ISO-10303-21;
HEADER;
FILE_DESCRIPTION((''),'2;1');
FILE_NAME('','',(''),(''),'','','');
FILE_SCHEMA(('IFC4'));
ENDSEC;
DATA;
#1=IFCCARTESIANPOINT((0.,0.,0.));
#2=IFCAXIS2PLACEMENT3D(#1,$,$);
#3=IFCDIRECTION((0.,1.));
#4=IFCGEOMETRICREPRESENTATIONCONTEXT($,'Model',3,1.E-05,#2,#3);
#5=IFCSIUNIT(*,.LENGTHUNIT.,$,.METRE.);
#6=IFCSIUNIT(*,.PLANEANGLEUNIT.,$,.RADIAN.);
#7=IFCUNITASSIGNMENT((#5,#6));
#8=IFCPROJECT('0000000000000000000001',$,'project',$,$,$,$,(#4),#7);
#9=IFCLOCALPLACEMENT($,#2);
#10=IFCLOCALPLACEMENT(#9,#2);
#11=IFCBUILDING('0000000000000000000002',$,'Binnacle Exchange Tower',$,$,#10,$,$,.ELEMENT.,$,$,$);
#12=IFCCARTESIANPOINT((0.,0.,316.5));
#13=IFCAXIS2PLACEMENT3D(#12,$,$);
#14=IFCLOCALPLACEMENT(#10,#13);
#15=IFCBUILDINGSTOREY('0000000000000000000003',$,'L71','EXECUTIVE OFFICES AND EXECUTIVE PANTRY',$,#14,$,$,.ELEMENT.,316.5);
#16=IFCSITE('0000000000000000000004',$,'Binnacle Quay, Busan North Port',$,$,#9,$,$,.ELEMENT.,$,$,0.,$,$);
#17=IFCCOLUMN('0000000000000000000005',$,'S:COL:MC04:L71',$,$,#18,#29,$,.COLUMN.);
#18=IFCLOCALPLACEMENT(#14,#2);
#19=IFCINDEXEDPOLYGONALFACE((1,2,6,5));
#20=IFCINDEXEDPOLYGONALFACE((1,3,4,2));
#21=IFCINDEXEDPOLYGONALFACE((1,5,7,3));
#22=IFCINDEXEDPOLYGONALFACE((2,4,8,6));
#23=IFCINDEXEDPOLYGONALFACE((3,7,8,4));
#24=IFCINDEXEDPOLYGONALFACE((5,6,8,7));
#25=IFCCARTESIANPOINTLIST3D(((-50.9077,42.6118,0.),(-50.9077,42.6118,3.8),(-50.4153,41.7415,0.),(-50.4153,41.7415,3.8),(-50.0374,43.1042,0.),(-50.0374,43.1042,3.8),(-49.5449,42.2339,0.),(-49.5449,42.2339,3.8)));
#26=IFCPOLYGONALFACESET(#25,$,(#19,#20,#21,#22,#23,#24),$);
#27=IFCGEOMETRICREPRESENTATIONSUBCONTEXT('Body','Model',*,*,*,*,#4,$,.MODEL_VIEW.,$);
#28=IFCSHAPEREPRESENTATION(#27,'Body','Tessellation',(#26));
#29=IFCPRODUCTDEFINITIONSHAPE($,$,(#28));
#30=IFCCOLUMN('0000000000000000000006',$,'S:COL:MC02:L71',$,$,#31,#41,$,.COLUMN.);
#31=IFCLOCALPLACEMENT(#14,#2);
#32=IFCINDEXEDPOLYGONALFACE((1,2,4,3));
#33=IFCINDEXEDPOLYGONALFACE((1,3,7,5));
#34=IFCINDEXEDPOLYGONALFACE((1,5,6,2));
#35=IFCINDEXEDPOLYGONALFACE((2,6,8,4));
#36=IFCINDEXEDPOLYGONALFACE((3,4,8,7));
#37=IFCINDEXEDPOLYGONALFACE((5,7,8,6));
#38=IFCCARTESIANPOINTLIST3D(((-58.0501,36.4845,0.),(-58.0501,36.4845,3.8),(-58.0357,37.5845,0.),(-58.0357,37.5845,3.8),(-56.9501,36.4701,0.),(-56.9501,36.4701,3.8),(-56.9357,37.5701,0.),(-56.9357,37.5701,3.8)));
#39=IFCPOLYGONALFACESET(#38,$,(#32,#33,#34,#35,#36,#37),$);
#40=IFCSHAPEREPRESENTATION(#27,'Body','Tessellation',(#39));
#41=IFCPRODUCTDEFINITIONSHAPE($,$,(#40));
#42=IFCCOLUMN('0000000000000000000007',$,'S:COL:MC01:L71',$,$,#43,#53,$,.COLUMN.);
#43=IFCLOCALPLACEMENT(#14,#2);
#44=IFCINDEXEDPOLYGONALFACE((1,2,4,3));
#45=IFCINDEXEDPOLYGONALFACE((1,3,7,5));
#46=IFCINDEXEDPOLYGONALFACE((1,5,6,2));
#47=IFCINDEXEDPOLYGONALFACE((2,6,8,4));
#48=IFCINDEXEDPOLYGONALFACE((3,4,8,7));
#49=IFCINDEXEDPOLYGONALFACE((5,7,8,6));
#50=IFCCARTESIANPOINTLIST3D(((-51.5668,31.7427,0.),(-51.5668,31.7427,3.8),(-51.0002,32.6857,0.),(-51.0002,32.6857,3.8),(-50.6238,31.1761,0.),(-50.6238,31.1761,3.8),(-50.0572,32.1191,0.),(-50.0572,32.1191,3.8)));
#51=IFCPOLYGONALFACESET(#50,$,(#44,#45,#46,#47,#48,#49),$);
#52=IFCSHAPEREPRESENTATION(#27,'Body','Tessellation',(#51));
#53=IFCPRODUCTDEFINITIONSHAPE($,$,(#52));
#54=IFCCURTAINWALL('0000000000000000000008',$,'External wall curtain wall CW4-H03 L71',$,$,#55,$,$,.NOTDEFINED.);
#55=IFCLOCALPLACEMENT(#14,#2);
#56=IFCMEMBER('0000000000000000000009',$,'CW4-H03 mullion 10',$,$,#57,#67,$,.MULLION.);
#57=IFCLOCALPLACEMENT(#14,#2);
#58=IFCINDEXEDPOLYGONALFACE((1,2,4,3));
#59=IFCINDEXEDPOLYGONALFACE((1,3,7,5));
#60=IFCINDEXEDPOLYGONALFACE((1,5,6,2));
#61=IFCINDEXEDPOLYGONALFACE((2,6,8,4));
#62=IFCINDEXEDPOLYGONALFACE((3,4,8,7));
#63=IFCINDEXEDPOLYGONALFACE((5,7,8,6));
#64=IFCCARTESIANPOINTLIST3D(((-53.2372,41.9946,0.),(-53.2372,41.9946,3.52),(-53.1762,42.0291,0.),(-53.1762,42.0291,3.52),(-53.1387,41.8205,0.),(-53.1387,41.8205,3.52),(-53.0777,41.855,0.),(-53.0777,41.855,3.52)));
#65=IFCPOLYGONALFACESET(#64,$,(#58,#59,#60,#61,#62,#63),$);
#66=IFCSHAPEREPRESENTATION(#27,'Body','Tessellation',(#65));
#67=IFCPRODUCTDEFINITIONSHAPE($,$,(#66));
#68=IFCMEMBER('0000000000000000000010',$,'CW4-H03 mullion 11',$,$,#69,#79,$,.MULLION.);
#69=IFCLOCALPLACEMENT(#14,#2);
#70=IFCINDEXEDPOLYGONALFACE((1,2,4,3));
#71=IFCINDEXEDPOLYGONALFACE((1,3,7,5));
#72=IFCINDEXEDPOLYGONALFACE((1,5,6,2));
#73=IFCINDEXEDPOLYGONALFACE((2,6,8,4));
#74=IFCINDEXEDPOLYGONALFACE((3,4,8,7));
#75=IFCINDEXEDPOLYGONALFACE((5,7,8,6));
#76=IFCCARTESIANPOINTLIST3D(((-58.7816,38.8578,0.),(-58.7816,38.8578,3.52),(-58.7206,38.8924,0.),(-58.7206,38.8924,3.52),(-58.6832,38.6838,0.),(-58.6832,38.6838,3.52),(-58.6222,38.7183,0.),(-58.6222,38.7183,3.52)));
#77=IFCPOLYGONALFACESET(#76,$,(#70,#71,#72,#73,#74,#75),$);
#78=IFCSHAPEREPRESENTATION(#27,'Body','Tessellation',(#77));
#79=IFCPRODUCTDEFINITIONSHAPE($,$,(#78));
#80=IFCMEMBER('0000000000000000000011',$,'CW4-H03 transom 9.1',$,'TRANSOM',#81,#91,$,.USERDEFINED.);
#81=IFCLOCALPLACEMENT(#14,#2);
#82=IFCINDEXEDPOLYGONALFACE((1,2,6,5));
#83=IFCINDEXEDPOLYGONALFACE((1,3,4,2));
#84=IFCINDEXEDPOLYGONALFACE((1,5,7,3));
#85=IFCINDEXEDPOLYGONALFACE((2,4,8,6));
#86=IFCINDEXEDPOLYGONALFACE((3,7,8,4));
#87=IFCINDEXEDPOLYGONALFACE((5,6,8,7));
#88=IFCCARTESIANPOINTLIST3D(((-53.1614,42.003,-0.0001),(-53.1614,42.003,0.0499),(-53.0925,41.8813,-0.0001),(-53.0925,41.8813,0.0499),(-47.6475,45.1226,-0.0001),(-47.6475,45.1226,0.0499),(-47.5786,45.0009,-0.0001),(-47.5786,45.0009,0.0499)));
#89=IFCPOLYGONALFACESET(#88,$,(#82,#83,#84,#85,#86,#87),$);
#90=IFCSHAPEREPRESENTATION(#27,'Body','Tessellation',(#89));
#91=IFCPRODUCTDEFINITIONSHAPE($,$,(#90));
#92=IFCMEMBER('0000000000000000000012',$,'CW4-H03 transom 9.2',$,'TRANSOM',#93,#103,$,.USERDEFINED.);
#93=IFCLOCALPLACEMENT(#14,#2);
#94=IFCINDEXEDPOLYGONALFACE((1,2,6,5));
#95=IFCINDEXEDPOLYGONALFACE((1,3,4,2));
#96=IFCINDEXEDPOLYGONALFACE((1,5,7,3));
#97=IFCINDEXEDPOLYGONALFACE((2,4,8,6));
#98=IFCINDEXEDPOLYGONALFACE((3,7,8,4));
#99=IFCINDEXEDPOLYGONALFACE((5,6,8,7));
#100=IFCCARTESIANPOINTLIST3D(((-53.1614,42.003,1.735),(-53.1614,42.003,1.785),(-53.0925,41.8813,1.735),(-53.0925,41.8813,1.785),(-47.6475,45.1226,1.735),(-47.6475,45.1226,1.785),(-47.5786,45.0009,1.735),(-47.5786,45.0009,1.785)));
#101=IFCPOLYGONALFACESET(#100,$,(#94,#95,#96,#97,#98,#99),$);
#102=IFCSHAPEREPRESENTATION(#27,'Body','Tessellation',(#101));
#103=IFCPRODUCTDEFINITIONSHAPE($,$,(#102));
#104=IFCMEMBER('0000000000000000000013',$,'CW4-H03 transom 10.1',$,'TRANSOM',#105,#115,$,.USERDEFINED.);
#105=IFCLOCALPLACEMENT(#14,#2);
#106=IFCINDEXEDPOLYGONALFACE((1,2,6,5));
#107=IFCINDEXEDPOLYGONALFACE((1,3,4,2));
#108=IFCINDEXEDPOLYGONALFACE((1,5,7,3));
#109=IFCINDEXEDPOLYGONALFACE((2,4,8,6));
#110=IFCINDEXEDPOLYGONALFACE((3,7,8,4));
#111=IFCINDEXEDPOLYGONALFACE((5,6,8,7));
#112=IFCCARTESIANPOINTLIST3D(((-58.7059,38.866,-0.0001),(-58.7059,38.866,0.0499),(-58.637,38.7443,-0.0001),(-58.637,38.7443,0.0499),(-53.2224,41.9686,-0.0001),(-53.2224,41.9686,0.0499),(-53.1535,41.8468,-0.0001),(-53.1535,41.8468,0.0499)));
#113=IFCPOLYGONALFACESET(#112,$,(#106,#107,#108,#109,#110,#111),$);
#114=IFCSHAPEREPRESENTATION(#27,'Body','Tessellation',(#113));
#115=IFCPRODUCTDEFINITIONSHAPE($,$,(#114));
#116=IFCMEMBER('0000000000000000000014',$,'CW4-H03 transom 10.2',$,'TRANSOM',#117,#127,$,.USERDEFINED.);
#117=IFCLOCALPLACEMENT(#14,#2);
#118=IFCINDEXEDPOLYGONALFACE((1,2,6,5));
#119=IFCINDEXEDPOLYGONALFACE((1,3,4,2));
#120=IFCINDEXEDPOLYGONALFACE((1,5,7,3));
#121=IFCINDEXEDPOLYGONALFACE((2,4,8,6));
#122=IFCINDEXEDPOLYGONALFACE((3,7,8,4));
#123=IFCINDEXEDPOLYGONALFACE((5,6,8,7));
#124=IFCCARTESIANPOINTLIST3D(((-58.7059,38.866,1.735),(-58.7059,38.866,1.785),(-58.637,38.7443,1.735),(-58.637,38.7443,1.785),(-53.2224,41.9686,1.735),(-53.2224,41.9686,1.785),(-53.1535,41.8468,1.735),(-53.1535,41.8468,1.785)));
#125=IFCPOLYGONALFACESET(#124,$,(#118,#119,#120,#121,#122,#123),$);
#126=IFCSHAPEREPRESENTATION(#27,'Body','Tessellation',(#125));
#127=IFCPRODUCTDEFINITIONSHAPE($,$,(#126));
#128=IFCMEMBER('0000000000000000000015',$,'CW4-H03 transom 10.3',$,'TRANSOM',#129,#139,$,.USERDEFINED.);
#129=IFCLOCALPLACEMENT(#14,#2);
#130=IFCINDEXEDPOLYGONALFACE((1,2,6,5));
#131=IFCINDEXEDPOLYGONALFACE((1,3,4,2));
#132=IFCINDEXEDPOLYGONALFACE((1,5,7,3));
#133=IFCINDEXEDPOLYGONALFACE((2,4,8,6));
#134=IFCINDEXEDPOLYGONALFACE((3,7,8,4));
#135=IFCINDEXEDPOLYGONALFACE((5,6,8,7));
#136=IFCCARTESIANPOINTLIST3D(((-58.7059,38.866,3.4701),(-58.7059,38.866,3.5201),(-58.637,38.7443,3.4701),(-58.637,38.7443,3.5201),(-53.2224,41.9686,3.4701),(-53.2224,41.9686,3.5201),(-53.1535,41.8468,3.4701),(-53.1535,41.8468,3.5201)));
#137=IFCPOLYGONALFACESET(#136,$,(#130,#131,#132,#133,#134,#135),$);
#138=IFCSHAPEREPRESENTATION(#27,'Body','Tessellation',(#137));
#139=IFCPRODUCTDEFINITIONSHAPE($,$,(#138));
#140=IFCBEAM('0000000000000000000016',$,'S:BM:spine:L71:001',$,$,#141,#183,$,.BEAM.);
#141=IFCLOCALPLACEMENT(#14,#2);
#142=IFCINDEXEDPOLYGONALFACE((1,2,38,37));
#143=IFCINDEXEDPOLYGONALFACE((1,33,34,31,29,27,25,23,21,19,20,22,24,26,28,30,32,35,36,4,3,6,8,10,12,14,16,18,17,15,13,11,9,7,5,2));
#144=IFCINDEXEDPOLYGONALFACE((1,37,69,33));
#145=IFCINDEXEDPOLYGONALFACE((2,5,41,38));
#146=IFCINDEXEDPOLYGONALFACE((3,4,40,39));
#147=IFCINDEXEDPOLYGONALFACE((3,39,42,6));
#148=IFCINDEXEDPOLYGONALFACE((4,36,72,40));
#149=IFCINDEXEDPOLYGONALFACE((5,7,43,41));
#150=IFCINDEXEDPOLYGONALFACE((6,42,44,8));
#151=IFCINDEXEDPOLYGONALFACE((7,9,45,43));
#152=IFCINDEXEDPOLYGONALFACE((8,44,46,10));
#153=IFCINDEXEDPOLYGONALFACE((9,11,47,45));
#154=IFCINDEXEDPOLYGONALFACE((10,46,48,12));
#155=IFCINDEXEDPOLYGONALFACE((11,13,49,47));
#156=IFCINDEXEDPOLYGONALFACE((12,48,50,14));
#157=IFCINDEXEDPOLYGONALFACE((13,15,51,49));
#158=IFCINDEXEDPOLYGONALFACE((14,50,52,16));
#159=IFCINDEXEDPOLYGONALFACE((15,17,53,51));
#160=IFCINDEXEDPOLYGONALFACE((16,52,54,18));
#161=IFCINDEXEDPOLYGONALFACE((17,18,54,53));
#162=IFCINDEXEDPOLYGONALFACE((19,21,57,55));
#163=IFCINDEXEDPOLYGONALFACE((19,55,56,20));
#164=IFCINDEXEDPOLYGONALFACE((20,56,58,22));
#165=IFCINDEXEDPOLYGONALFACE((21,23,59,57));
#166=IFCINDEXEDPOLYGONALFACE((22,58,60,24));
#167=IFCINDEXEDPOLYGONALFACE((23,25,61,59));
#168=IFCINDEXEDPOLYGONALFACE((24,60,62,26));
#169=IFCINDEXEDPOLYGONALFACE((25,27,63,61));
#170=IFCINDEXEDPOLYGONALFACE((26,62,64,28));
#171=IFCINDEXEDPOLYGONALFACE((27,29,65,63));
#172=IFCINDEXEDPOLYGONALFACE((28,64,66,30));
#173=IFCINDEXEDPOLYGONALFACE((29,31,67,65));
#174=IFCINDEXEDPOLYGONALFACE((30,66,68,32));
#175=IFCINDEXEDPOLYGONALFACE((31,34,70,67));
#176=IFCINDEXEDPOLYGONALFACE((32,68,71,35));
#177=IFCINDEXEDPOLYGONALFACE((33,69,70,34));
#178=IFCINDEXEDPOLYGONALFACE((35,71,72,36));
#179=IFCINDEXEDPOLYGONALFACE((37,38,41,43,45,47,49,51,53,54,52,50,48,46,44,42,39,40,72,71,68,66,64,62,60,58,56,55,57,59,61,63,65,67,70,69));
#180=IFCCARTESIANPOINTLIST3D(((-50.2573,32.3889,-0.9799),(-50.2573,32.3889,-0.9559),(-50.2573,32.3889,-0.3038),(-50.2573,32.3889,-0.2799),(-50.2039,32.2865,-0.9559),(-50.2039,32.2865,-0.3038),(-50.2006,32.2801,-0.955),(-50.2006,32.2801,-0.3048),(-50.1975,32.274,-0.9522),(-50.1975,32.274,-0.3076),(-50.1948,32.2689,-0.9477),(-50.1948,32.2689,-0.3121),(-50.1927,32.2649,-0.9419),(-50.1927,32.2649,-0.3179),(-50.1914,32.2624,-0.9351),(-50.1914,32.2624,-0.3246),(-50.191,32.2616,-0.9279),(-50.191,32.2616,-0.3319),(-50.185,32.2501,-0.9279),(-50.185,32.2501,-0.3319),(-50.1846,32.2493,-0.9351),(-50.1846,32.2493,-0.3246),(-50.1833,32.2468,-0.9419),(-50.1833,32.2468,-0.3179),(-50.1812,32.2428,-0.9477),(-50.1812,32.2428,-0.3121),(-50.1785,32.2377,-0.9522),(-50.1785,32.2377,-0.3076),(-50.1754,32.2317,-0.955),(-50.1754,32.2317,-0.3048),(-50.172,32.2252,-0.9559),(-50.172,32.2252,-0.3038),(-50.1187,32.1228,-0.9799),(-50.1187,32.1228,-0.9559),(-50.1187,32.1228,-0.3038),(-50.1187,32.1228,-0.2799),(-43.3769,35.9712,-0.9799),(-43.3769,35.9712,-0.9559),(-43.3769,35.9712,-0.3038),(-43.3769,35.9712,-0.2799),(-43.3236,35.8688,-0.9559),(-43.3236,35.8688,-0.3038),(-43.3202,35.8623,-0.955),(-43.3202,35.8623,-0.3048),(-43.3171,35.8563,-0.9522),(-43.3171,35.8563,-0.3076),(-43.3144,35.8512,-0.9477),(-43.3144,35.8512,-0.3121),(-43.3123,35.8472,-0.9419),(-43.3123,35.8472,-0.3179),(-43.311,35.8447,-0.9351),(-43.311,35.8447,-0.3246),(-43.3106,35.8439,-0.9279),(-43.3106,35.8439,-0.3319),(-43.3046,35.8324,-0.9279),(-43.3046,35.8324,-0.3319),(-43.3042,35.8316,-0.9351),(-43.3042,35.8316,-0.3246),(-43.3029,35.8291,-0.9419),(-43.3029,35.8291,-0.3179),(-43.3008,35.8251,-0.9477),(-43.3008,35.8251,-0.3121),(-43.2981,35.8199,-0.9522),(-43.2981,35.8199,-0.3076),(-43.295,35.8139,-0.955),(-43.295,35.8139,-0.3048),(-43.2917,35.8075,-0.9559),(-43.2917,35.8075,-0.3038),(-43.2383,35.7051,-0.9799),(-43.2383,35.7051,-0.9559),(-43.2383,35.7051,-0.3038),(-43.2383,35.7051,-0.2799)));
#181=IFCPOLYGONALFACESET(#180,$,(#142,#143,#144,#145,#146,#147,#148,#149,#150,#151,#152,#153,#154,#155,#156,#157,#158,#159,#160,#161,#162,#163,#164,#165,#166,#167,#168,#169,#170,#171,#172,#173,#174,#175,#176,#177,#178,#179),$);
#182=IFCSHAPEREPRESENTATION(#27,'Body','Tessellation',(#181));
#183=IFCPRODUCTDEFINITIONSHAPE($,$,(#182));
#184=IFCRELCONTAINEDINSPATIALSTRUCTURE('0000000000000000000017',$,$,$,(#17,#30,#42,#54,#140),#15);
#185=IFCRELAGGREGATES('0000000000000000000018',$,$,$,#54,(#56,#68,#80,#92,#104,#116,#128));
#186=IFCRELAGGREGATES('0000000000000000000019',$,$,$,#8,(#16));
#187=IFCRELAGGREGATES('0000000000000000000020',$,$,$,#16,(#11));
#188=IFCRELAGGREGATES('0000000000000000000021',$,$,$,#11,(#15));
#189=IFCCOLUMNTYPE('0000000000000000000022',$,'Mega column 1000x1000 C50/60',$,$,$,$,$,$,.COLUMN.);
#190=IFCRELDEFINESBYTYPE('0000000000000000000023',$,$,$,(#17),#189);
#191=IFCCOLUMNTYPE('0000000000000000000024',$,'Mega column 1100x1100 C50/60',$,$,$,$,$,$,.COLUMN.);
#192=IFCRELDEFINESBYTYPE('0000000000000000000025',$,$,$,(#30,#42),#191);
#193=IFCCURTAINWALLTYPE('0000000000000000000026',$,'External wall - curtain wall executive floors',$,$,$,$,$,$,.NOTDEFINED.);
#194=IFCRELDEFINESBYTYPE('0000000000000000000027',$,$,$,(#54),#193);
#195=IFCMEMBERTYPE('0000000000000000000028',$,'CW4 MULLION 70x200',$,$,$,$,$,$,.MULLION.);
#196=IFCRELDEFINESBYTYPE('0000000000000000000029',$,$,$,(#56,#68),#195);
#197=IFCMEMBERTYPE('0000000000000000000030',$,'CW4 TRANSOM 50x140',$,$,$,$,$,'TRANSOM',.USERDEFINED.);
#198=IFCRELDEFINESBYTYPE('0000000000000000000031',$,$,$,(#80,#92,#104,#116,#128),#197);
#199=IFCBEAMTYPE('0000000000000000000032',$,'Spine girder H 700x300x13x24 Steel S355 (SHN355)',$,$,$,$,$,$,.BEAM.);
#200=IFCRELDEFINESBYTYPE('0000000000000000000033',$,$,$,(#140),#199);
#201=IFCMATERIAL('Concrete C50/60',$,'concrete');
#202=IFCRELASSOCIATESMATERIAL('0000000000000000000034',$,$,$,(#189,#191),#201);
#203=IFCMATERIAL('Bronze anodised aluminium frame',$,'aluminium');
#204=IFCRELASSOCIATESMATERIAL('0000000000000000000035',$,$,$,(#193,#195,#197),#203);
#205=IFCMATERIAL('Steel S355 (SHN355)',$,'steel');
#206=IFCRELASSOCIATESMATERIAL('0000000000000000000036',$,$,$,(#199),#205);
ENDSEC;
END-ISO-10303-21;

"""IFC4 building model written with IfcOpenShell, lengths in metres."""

from ifc_helpers import new_model, si_unit, direction, frame, origin, origin_2d, place, context, subcontext, project, spatial, rectangle, i_section, extrude, material, material_profile, profile_set, type_object, element, aggregate, save


model = new_model("IFC4")

# Units and contexts
model_context = context("Model", 3, precision=1e-05, world=origin(), true_north=direction((0.0, 1.0)))
body_context = subcontext(model_context, "Body", "Model", "MODEL_VIEW")
ifc_project = project(units=[si_unit("LENGTHUNIT", "METRE"), si_unit("PLANEANGLEUNIT", "RADIAN")], contexts=[model_context])

# Site, building, storey
site_placement = place(None, origin())
site = spatial("IfcSite", under=ifc_project, at=site_placement, Name="Binnacle Quay, Busan North Port", CompositionType="ELEMENT", RefElevation=0.0)
building_placement = place(site_placement, origin())
building = spatial("IfcBuilding", under=site, at=building_placement, Name="Binnacle Exchange Tower", CompositionType="ELEMENT")
storey_placement = place(building_placement, frame((0.0, 0.0, 316.5)))
storey = spatial("IfcBuildingStorey", under=building, at=storey_placement, Name="L71", Description="EXECUTIVE OFFICES AND EXECUTIVE PANTRY", CompositionType="ELEMENT", Elevation=316.5)

# Columns
ifc_material_1 = material(Name="Concrete C50/60", Category="concrete")
ifc_material_profile_1 = material_profile(ifc_material_1, rectangle(XDim=1.0, YDim=1.0, at=origin_2d()), Name="Mega column 1000x1000 C50/60")
ifc_profile_set_1 = profile_set([ifc_material_profile_1], Name="Concrete C50/60")
column_type_1 = type_object("IfcColumnType", Name="Mega column 1000x1000 C50/60", PredefinedType="COLUMN", material=ifc_profile_set_1)
column_placement = place(storey_placement, frame((-50.2263, 42.4229, 0.0), z_axis=(0.0, 0.0, 1.0), x_axis=(-0.870356, -0.492424, 0.0)))
element("IfcColumn", 1, at=column_placement, inside=storey, type_object=column_type_1, Name="S:COL:MC04:L71", PredefinedType="COLUMN", context=body_context, shape_type="SweptSolid", body=[
    extrude(rectangle(XDim=1.0, YDim=1.0, at=origin_2d()), origin(), (0.0, 0.0, 1.0), 3.8),
])
ifc_material_profile_2 = material_profile(ifc_material_1, rectangle(XDim=1.1001, YDim=1.1001, at=origin_2d()), Name="Mega column 1100x1100 C50/60")
ifc_profile_set_2 = profile_set([ifc_material_profile_2], Name="Concrete C50/60")
column_type_2 = type_object("IfcColumnType", Name="Mega column 1100x1100 C50/60", PredefinedType="COLUMN", material=ifc_profile_set_2)
for number, where, z_axis, x_axis, name in (
    (2, (-57.4929, 37.0273, 0.0), (0.0, 0.0, 1.0), (-0.01309, -0.999914, 0.0), "S:COL:MC02:L71"),
    (3, (-50.812, 31.9309, 0.0), (0.0, 0.0, 1.0), (0.857167, -0.515038, 0.0), "S:COL:MC01:L71"),
):
    element("IfcColumn", number, at=place(storey_placement, frame(where, z_axis=z_axis, x_axis=x_axis)), inside=storey, type_object=column_type_2, Name=name, PredefinedType="COLUMN", context=body_context, shape_type="SweptSolid", body=[
        extrude(rectangle(XDim=1.1001, YDim=1.1001, at=origin_2d()), origin(), (0.0, 0.0, 1.0), 3.8),
    ])

# Curtain wall, members
ifc_material_2 = material(Name="Bronze anodised aluminium frame", Category="aluminium")
curtain_wall_type = type_object("IfcCurtainWallType", Name="External wall - curtain wall executive floors", PredefinedType="NOTDEFINED", material=ifc_material_2)
curtain_wall_placement = place(storey_placement, origin())
curtain_wall = element("IfcCurtainWall", 4, at=curtain_wall_placement, inside=storey, type_object=curtain_wall_type, Name="External wall curtain wall CW4-H03 L71", PredefinedType="NOTDEFINED")
ifc_material_profile_3 = material_profile(ifc_material_2, rectangle(XDim=0.2, YDim=0.0701, at=origin_2d()), Name="AL 70x200")
ifc_profile_set_3 = profile_set([ifc_material_profile_3], Name="Bronze anodised aluminium frame")
member_type_1 = type_object("IfcMemberType", Name="CW4 MULLION 70x200", PredefinedType="MULLION", material=ifc_profile_set_3)
member_1_placement = place(storey_placement, frame((-53.1575, 41.9248, 0.0), z_axis=(0.0, 0.0, 1.0), x_axis=(0.492424, -0.870356, 0.0)))
member_1 = element("IfcMember", 5, at=member_1_placement, type_object=member_type_1, Name="CW4-H03 mullion 10", PredefinedType="MULLION", context=body_context, shape_type="SweptSolid", body=[
    extrude(rectangle(XDim=0.2, YDim=0.0701, at=origin_2d()), origin(), (0.0, 0.0, 1.0), 3.52),
])
member_2_placement = place(storey_placement, frame((-58.7019, 38.7881, 0.0), z_axis=(0.0, 0.0, 1.0), x_axis=(0.492424, -0.870356, 0.0)))
member_2 = element("IfcMember", 6, at=member_2_placement, type_object=member_type_1, Name="CW4-H03 mullion 11", PredefinedType="MULLION", context=body_context, shape_type="SweptSolid", body=[
    extrude(rectangle(XDim=0.2, YDim=0.0701, at=origin_2d()), origin(), (0.0, 0.0, 1.0), 3.52),
])
ifc_material_profile_4 = material_profile(ifc_material_2, rectangle(XDim=0.1399, YDim=0.05, at=origin_2d()), Name="AL 140x50")
ifc_profile_set_4 = profile_set([ifc_material_profile_4], Name="Bronze anodised aluminium frame")
member_type_2 = type_object("IfcMemberType", Name="CW4 TRANSOM 50x140", ElementType="TRANSOM", PredefinedType="USERDEFINED", material=ifc_profile_set_4)
member_3_placement = place(storey_placement, frame((-47.613, 45.0618, 0.0249), z_axis=(-0.870355, -0.492424, 0.0), x_axis=(0.492424, -0.870355, 0.0)))
member_3 = element("IfcMember", 7, at=member_3_placement, type_object=member_type_2, Name="CW4-H03 transom 9.1", ObjectType="TRANSOM", PredefinedType="USERDEFINED", context=body_context, shape_type="SweptSolid", body=[
    extrude(rectangle(XDim=0.1399, YDim=0.05, at=origin_2d()), origin(), (0.0, 0.0, 1.0), 6.3352),
])
member_4_placement = place(storey_placement, frame((-47.613, 45.0618, 1.76), z_axis=(-0.870355, -0.492424, 0.0), x_axis=(0.492424, -0.870355, 0.0)))
member_4 = element("IfcMember", 8, at=member_4_placement, type_object=member_type_2, Name="CW4-H03 transom 9.2", ObjectType="TRANSOM", PredefinedType="USERDEFINED", context=body_context, shape_type="SweptSolid", body=[
    extrude(rectangle(XDim=0.1399, YDim=0.05, at=origin_2d()), origin(), (0.0, 0.0, 1.0), 6.3352),
])
member_5_placement = place(storey_placement, frame((-53.188, 41.9077, 0.0249), z_axis=(-0.870343, -0.492445, 0.0), x_axis=(0.492445, -0.870343, 0.0)))
member_5 = element("IfcMember", 9, at=member_5_placement, type_object=member_type_2, Name="CW4-H03 transom 10.1", ObjectType="TRANSOM", PredefinedType="USERDEFINED", context=body_context, shape_type="SweptSolid", body=[
    extrude(rectangle(XDim=0.1399, YDim=0.05, at=origin_2d()), origin(), (0.0, 0.0, 1.0), 6.3003),
])
member_6_placement = place(storey_placement, frame((-53.188, 41.9077, 1.76), z_axis=(-0.870343, -0.492445, 0.0), x_axis=(0.492445, -0.870343, 0.0)))
member_6 = element("IfcMember", 10, at=member_6_placement, type_object=member_type_2, Name="CW4-H03 transom 10.2", ObjectType="TRANSOM", PredefinedType="USERDEFINED", context=body_context, shape_type="SweptSolid", body=[
    extrude(rectangle(XDim=0.1399, YDim=0.05, at=origin_2d()), origin(), (0.0, 0.0, 1.0), 6.3003),
])
member_7_placement = place(storey_placement, frame((-53.188, 41.9077, 3.4951), z_axis=(-0.870343, -0.492445, 0.0), x_axis=(0.492445, -0.870343, 0.0)))
member_7 = element("IfcMember", 11, at=member_7_placement, type_object=member_type_2, Name="CW4-H03 transom 10.3", ObjectType="TRANSOM", PredefinedType="USERDEFINED", context=body_context, shape_type="SweptSolid", body=[
    extrude(rectangle(XDim=0.1399, YDim=0.05, at=origin_2d()), origin(), (0.0, 0.0, 1.0), 6.3003),
])

# Beam
ifc_material_3 = material(Name="Steel S355 (SHN355)", Category="steel")
ifc_material_profile_5 = material_profile(ifc_material_3, i_section(OverallWidth=0.3, OverallDepth=0.7, WebThickness=0.0129, FlangeThickness=0.0239, FilletRadius=0.0281, at=origin_2d()), Name="H 700x300x13x24")
ifc_profile_set_5 = profile_set([ifc_material_profile_5], Name="Steel S355 (SHN355)")
beam_type = type_object("IfcBeamType", Name="Spine girder H 700x300x13x24 Steel S355 (SHN355)", PredefinedType="BEAM", material=ifc_profile_set_5)
beam_placement = place(storey_placement, frame((-50.188, 32.2559, -0.6299), z_axis=(0.88698, 0.461808, 0.0), x_axis=(-0.461808, 0.88698, 0.0)))
element("IfcBeam", 12, at=beam_placement, inside=storey, type_object=beam_type, Name="S:BM:spine:L71:001", PredefinedType="BEAM", context=body_context, shape_type="SweptSolid", body=[
    extrude(i_section(OverallWidth=0.3, OverallDepth=0.7, WebThickness=0.0129, FlangeThickness=0.0239, FilletRadius=0.0281, at=origin_2d()), origin(), (0.0, 0.0, 1.0), 7.7571),
])

aggregate(curtain_wall, [member_1, member_2, member_3, member_4, member_5, member_6, member_7])

save(model, "model.ifc")
